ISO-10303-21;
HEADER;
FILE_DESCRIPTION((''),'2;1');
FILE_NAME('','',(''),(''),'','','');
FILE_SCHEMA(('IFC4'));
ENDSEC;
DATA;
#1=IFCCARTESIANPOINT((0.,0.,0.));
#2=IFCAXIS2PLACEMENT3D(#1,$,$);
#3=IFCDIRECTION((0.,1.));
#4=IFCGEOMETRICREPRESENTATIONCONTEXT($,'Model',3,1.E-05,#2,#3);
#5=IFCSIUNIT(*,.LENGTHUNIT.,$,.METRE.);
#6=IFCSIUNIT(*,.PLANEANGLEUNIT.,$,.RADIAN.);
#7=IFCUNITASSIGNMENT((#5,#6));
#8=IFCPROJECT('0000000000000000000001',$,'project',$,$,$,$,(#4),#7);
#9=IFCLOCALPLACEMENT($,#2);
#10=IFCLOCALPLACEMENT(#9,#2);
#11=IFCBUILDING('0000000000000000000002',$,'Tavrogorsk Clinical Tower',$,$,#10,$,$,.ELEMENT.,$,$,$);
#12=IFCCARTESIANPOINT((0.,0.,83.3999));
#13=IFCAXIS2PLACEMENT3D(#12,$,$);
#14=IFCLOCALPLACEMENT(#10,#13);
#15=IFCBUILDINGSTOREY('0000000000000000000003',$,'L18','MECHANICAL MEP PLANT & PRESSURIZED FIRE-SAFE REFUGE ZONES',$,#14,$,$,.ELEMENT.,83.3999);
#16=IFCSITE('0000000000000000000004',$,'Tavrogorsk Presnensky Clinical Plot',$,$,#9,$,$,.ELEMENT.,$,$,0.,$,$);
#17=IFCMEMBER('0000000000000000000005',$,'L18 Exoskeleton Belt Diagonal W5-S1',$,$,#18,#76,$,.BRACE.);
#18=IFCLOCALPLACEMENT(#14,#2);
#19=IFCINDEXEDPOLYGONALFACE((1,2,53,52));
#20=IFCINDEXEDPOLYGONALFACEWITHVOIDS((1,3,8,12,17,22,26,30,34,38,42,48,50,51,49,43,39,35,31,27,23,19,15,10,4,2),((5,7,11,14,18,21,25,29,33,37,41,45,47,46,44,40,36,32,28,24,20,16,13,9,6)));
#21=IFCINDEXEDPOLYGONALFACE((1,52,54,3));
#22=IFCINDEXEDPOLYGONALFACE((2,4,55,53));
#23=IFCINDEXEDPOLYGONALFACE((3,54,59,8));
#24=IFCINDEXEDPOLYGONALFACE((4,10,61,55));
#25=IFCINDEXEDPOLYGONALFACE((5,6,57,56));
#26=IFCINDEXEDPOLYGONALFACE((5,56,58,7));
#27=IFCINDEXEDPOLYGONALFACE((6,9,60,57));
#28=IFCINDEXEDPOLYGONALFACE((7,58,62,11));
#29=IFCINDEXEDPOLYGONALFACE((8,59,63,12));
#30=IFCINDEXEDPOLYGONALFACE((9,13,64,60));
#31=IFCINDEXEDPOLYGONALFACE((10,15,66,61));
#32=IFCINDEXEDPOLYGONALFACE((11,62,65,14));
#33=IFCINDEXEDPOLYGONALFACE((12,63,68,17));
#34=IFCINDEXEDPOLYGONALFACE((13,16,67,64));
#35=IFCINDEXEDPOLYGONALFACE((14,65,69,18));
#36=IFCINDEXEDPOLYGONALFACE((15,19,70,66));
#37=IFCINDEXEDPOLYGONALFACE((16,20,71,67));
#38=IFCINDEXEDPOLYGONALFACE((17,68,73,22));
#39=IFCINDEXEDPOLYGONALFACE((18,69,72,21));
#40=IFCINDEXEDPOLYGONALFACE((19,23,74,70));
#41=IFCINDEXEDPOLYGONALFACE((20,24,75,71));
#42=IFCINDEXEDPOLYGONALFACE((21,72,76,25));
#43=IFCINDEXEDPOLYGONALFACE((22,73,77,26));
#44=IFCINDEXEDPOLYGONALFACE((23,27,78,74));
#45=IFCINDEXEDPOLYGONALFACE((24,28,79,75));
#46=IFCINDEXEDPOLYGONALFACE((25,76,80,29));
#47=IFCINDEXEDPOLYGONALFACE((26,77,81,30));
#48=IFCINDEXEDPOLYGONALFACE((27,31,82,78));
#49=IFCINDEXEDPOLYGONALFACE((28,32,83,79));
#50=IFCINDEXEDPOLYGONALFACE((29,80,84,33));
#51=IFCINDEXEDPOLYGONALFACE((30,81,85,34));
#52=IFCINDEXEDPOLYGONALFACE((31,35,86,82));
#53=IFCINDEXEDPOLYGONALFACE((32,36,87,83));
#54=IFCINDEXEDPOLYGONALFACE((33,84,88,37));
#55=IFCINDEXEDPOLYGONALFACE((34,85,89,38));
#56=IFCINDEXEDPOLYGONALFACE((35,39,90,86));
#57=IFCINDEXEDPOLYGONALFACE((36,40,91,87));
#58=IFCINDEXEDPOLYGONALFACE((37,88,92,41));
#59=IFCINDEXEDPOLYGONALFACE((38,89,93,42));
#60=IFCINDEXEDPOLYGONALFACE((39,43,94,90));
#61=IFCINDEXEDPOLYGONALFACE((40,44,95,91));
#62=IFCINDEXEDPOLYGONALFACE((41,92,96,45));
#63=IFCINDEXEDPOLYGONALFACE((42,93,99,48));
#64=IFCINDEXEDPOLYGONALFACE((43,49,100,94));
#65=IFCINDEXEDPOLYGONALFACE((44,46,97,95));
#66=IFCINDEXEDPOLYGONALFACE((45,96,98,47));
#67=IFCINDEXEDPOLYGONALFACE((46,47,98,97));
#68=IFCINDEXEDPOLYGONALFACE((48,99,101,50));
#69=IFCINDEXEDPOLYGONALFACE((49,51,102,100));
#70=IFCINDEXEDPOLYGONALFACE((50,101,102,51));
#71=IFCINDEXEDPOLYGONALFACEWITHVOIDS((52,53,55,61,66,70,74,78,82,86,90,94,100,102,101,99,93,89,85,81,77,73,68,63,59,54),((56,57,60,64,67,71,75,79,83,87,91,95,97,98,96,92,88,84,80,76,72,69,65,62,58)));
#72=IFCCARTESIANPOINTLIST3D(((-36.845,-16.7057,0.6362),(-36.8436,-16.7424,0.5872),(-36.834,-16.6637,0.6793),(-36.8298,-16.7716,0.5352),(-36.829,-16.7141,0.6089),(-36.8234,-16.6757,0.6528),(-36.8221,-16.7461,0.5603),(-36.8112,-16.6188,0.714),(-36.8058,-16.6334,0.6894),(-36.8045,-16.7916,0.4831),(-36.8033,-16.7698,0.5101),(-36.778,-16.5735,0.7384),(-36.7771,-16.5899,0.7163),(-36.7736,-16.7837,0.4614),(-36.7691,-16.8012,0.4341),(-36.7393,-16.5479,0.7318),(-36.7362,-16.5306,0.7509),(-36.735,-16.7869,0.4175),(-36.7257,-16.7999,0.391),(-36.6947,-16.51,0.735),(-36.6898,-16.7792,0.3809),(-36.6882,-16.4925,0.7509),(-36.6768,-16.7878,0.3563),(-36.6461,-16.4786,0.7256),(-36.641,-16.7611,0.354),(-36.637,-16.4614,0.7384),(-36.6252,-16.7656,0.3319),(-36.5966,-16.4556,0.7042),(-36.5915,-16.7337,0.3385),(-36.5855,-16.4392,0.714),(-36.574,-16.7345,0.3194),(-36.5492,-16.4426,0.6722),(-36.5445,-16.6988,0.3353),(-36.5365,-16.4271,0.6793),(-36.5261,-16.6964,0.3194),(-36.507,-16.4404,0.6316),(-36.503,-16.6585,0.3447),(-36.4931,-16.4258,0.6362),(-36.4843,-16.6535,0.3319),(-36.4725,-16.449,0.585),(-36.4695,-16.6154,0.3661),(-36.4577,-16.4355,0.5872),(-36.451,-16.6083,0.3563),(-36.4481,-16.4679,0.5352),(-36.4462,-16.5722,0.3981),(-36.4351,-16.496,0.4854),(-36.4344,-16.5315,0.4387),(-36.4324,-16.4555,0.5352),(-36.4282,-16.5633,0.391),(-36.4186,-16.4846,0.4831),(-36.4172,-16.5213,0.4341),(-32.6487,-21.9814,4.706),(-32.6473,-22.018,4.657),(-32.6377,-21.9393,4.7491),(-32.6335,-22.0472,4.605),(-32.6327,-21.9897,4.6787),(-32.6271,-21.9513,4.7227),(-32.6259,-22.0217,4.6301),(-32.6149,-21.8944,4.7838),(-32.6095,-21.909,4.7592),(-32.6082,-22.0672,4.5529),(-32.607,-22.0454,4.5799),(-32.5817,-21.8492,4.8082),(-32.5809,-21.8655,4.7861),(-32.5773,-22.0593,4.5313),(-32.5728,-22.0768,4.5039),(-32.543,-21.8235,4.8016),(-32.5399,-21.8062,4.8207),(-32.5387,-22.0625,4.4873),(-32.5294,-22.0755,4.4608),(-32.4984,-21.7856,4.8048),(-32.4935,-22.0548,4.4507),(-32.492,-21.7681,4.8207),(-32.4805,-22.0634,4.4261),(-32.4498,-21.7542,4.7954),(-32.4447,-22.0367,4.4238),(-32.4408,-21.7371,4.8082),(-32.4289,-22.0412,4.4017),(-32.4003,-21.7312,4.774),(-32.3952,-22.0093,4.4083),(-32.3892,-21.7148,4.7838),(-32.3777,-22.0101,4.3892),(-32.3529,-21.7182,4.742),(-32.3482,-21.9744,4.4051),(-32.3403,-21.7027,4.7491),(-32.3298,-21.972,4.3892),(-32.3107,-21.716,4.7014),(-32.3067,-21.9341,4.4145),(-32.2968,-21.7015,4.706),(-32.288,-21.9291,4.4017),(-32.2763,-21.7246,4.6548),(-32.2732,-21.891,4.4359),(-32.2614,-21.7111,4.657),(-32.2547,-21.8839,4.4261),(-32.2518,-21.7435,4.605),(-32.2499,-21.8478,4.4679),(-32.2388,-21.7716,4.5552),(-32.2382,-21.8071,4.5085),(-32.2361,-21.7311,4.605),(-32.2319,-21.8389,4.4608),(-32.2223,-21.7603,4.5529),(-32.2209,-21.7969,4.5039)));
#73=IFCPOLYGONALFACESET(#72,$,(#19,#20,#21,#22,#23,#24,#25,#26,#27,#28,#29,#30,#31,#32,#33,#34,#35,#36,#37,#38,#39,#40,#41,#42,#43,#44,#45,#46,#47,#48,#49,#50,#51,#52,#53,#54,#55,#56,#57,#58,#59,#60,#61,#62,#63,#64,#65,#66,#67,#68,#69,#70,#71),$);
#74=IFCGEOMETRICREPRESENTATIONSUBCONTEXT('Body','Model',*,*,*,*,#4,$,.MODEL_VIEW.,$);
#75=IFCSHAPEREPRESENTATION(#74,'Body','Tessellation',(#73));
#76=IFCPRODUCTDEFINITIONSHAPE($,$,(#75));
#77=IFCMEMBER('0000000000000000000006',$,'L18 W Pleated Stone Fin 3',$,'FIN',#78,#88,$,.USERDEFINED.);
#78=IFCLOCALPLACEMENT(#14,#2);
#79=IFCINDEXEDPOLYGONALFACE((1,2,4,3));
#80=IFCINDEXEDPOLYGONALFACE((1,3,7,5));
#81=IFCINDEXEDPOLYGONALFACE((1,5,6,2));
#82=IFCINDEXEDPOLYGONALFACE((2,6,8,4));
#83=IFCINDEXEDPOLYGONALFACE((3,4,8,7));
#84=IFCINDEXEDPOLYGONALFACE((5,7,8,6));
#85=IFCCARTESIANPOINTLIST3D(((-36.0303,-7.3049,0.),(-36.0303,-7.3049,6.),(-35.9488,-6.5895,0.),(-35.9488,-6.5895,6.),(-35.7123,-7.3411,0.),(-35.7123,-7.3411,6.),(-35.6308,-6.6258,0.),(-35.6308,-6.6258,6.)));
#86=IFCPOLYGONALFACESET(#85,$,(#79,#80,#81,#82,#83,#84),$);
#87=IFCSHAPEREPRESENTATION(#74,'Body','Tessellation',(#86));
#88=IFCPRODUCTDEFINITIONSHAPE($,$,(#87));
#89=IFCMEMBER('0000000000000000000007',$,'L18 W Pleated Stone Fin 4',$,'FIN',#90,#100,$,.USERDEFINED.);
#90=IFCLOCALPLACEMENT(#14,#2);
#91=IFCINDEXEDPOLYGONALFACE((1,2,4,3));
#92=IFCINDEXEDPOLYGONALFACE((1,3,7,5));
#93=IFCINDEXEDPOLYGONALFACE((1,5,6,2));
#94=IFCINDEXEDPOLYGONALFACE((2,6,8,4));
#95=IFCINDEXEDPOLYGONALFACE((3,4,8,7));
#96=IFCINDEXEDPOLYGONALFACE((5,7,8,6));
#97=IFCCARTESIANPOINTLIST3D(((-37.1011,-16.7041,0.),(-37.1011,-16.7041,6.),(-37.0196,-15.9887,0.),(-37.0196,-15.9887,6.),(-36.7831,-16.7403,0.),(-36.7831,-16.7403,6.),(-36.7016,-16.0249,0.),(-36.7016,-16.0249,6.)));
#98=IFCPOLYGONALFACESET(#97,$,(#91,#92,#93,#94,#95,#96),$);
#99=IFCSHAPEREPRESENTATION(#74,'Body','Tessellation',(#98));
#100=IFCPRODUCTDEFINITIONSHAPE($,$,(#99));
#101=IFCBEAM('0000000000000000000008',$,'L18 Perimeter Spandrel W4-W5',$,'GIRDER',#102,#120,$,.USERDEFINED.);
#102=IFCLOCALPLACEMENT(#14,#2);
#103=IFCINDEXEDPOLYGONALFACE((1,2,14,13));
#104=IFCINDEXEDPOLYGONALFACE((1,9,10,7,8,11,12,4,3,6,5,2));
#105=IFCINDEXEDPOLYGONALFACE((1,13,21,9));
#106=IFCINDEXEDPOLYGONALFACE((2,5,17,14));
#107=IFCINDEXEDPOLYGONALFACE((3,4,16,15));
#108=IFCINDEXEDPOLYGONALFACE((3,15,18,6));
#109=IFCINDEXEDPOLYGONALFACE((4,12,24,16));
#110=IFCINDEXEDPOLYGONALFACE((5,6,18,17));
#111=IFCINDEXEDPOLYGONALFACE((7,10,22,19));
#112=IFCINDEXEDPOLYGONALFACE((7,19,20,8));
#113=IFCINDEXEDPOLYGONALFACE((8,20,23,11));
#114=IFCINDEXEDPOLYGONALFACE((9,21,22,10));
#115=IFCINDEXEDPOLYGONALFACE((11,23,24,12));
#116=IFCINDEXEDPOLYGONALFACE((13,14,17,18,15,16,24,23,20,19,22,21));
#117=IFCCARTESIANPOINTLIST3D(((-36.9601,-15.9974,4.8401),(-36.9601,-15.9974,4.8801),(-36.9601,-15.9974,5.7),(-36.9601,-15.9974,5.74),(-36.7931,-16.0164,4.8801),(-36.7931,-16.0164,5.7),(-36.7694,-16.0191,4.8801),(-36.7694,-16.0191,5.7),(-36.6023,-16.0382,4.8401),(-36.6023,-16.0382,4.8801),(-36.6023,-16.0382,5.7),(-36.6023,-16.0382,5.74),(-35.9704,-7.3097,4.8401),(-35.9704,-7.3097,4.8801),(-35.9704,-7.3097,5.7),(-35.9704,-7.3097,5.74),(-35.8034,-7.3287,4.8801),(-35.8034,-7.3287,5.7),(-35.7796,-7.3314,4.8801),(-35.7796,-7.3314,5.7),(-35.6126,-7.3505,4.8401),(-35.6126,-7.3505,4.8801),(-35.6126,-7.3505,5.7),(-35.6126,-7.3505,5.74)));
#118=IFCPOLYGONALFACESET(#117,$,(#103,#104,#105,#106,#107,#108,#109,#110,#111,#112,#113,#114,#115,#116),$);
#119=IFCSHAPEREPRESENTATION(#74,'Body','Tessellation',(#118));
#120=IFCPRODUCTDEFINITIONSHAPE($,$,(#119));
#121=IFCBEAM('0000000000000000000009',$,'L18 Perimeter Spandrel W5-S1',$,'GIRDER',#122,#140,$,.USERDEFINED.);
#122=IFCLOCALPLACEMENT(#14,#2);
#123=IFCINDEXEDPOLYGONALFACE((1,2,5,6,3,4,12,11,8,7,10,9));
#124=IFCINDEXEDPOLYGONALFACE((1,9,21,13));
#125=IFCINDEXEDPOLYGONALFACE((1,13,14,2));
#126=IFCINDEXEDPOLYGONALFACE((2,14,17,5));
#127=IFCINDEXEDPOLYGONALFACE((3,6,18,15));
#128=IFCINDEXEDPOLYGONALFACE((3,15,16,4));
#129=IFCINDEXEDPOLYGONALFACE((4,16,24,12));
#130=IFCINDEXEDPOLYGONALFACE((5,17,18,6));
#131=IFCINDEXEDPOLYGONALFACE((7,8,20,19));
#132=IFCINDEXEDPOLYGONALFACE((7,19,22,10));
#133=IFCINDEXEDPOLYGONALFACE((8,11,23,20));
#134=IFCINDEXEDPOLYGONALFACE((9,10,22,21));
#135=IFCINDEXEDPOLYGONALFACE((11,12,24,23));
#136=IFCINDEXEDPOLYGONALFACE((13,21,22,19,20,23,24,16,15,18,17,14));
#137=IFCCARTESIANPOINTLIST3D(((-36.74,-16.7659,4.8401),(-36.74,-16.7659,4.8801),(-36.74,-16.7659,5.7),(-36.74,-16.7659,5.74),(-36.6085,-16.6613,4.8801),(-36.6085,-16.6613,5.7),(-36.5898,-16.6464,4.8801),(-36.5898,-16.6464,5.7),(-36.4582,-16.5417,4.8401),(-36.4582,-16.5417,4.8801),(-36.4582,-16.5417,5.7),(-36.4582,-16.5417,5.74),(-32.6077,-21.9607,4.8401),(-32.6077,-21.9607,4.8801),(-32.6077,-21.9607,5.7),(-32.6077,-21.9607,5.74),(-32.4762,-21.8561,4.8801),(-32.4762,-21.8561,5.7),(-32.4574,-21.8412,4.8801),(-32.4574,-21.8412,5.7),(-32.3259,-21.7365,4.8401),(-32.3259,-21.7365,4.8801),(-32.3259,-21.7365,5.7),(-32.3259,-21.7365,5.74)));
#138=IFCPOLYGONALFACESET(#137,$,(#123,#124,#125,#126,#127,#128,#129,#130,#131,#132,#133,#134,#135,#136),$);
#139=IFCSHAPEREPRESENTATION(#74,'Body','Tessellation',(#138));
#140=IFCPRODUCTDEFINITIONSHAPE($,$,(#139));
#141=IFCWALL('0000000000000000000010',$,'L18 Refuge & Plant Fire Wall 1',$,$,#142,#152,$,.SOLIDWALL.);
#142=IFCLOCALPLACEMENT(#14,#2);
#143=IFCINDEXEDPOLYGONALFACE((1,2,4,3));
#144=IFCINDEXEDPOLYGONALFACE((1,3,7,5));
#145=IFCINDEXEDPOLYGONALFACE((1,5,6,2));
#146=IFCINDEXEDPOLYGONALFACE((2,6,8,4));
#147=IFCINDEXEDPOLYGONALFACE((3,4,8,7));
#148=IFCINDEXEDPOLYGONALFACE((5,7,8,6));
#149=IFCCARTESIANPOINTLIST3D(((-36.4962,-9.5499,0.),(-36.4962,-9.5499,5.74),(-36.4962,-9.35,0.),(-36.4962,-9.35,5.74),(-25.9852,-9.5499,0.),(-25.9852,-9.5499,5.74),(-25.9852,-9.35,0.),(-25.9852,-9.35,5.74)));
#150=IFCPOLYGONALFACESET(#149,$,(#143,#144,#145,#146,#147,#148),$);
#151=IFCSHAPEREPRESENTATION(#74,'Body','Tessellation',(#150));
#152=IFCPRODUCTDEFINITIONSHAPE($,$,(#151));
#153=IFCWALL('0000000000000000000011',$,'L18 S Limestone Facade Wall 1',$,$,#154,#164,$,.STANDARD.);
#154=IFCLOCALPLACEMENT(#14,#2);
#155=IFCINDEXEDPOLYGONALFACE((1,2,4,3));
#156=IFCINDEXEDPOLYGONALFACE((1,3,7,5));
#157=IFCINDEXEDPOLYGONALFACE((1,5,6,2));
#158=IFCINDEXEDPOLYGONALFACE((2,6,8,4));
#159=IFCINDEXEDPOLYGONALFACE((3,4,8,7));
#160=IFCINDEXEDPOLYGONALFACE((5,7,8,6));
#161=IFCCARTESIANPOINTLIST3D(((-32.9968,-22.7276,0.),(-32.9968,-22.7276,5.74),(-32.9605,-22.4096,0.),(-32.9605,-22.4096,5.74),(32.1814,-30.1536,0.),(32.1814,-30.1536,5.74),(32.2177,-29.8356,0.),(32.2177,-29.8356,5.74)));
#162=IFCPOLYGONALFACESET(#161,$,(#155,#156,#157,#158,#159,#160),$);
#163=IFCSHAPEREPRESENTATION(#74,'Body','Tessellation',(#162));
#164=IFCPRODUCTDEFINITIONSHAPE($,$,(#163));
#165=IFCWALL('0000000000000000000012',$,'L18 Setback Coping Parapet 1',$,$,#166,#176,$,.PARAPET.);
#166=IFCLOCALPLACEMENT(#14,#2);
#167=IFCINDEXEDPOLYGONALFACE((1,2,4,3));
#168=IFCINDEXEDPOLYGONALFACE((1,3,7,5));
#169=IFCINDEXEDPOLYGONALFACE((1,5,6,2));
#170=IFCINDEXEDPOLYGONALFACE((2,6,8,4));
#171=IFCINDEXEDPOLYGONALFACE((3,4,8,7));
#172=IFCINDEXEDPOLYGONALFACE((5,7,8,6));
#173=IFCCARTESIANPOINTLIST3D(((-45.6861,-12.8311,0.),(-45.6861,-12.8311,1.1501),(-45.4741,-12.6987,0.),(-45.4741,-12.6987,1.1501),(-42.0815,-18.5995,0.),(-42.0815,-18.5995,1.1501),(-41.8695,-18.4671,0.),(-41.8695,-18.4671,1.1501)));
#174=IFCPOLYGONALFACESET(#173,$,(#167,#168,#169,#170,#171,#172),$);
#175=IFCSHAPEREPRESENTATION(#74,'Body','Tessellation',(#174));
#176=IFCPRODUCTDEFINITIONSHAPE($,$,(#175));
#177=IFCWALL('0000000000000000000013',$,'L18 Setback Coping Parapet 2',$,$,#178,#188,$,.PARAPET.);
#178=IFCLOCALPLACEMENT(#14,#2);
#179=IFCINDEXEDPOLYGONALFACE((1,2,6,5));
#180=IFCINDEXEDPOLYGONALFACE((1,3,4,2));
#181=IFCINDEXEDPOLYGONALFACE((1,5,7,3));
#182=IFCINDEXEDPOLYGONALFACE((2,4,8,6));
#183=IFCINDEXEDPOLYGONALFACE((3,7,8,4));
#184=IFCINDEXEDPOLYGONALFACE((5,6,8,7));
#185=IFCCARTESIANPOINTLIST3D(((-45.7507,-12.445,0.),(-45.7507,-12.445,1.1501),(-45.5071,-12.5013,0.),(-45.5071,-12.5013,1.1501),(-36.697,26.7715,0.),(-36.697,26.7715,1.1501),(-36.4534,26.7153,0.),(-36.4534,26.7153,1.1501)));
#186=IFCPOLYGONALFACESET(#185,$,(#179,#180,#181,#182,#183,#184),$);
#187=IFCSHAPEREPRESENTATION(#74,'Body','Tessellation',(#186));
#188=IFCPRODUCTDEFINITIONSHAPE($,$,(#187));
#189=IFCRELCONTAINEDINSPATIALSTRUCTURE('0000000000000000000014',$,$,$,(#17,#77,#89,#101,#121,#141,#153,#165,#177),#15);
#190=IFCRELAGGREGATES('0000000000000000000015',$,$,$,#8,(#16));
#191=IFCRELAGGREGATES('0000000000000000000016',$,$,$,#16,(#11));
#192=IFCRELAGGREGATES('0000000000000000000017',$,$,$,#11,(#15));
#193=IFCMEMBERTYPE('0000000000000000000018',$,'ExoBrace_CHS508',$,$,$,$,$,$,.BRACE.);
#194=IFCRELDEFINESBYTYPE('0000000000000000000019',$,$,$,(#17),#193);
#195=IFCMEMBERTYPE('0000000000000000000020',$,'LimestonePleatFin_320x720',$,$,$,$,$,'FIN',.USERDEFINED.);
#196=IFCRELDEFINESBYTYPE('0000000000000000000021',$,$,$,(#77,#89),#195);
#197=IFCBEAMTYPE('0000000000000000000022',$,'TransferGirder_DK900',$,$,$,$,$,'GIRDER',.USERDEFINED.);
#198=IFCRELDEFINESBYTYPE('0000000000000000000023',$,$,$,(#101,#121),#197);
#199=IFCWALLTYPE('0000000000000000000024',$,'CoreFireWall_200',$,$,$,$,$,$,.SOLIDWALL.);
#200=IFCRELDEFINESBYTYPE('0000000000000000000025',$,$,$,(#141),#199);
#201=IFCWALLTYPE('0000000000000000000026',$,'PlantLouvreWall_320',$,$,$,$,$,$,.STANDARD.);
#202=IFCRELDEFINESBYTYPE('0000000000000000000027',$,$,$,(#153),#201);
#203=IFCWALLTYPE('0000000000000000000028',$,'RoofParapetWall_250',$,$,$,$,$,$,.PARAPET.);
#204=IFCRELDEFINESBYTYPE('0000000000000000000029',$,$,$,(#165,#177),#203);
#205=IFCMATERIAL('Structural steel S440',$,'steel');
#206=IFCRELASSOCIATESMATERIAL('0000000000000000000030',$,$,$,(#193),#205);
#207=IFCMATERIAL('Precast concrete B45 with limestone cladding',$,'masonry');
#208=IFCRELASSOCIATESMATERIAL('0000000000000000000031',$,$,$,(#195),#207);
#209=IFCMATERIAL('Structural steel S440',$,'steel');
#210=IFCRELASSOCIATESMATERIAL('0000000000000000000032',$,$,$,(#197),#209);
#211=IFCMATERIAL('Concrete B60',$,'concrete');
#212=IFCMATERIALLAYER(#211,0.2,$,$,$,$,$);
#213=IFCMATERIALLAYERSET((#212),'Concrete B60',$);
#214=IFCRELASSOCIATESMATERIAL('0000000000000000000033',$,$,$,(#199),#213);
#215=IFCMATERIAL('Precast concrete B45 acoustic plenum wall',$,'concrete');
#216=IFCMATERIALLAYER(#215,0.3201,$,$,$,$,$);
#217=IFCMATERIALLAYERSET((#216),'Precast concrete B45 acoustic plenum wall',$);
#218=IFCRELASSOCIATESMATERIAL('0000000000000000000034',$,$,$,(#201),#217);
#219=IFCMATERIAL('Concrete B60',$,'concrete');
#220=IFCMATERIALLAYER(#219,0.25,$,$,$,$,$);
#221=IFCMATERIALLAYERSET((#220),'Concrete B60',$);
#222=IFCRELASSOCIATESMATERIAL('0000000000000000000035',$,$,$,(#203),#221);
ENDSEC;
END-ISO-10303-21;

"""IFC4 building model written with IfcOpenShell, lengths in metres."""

from ifc_helpers import new_model, si_unit, direction, frame, frame_2d, origin, origin_2d, place, context, subcontext, project, spatial, rectangle, hollow_circle, i_section, extrude, material, layer, layer_set, material_profile, profile_set, type_object, element, save


model = new_model("IFC4")

# Units and contexts
model_context = context("Model", 3, precision=1e-05, world=origin(), true_north=direction((0.0, 1.0)))
body_context = subcontext(model_context, "Body", "Model", "MODEL_VIEW")
ifc_project = project(units=[si_unit("LENGTHUNIT", "METRE"), si_unit("PLANEANGLEUNIT", "RADIAN")], contexts=[model_context])

# Site, building, storey
site_placement = place(None, origin())
site = spatial("IfcSite", under=ifc_project, at=site_placement, Name="Tavrogorsk Presnensky Clinical Plot", CompositionType="ELEMENT", RefElevation=0.0)
building_placement = place(site_placement, origin())
building = spatial("IfcBuilding", under=site, at=building_placement, Name="Tavrogorsk Clinical Tower", CompositionType="ELEMENT")
storey_placement = place(building_placement, frame((0.0, 0.0, 83.3999)))
storey = spatial("IfcBuildingStorey", under=building, at=storey_placement, Name="L18", Description="MECHANICAL MEP PLANT & PRESSURIZED FIRE-SAFE REFUGE ZONES", CompositionType="ELEMENT", Elevation=83.3999)

# Members
ifc_material_1 = material(Name="Structural steel S440", Category="steel")
ifc_material_profile_1 = material_profile(ifc_material_1, hollow_circle(Radius=0.2539, WallThickness=0.02, at=origin_2d()), Name="CHS-508x20")
ifc_profile_set_1 = profile_set([ifc_material_profile_1], Name="Structural steel S440")
member_type_1 = type_object("IfcMemberType", Name="ExoBrace_CHS508", PredefinedType="BRACE", material=ifc_profile_set_1)
member_1_placement = place(storey_placement, frame((-36.6311, -16.6135, 0.5352), z_axis=(0.532909, -0.669981, 0.516849), x_axis=(0.782618, 0.622502, 0.0)))
element("IfcMember", 1, at=member_1_placement, inside=storey, type_object=member_type_1, Name="L18 Exoskeleton Belt Diagonal W5-S1", PredefinedType="BRACE", context=body_context, shape_type="SweptSolid", body=[
    extrude(hollow_circle(Radius=0.2539, WallThickness=0.02, at=origin_2d()), origin(), (0.0, 0.0, 1.0), 7.8743),
])
ifc_material_2 = material(Name="Precast concrete B45 with limestone cladding", Category="masonry")
ifc_material_profile_2 = material_profile(ifc_material_2, rectangle(XDim=0.3201, YDim=0.72, at=origin_2d()), Name="LIMESTONE-FIN-320x720")
ifc_profile_set_2 = profile_set([ifc_material_profile_2], Name="Precast concrete B45 with limestone cladding")
member_type_2 = type_object("IfcMemberType", Name="LimestonePleatFin_320x720", ElementType="FIN", PredefinedType="USERDEFINED", material=ifc_profile_set_2)
for number, where, z_axis, x_axis, name in (
    (2, (-35.8306, -6.9653, 0.0), (0.0, 0.0, 1.0), (0.993572, -0.113203, 0.0), "L18 W Pleated Stone Fin 3"),
    (3, (-36.9014, -16.3645, 0.0), (0.0, 0.0, 1.0), (0.993572, -0.113203, 0.0), "L18 W Pleated Stone Fin 4"),
):
    element("IfcMember", number, at=place(storey_placement, frame(where, z_axis=z_axis, x_axis=x_axis)), inside=storey, type_object=member_type_2, Name=name, ObjectType="FIN", PredefinedType="USERDEFINED", context=body_context, shape_type="SweptSolid", body=[
        extrude(rectangle(XDim=0.3201, YDim=0.72, at=origin_2d()), origin(), (0.0, 0.0, 1.0), 6.0),
    ])

# Beams
ifc_material_3 = material(Name="Structural steel S440", Category="steel")
ifc_material_profile_3 = material_profile(ifc_material_3, i_section(OverallWidth=0.3601, OverallDepth=0.8999, WebThickness=0.0239, FlangeThickness=0.04, at=origin_2d()), Name="DK-900x360x24x40")
ifc_profile_set_3 = profile_set([ifc_material_profile_3], Name="Structural steel S440")
beam_type = type_object("IfcBeamType", Name="TransferGirder_DK900", ElementType="GIRDER", PredefinedType="USERDEFINED", material=ifc_profile_set_3)
beam_1_placement = place(storey_placement, frame((-35.7915, -7.3301, 5.29), z_axis=(-0.113192, -0.993573, 0.0), x_axis=(0.993573, -0.113192, 0.0)))
element("IfcBeam", 4, at=beam_1_placement, inside=storey, type_object=beam_type, Name="L18 Perimeter Spandrel W4-W5", ObjectType="GIRDER", PredefinedType="USERDEFINED", context=body_context, shape_type="SweptSolid", body=[
    extrude(i_section(OverallWidth=0.3601, OverallDepth=0.8999, WebThickness=0.0239, FlangeThickness=0.04, at=origin_2d()), origin(), (0.0, 0.0, 1.0), 8.7439),
])
beam_2_placement = place(storey_placement, frame((-36.5991, -16.6538, 5.29), z_axis=(0.622531, -0.782595, 0.0), x_axis=(0.782595, 0.622531, 0.0)))
element("IfcBeam", 5, at=beam_2_placement, inside=storey, type_object=beam_type, Name="L18 Perimeter Spandrel W5-S1", ObjectType="GIRDER", PredefinedType="USERDEFINED", context=body_context, shape_type="SweptSolid", body=[
    extrude(i_section(OverallWidth=0.3601, OverallDepth=0.8999, WebThickness=0.0239, FlangeThickness=0.04, at=origin_2d()), origin(), (0.0, 0.0, 1.0), 6.6379),
])

# Walls
ifc_material_4 = material(Name="Concrete B60", Category="concrete")
ifc_layer_1 = layer(ifc_material_4, 0.2)
ifc_layer_set_1 = layer_set([ifc_layer_1], Name="Concrete B60")
wall_type_1 = type_object("IfcWallType", Name="CoreFireWall_200", PredefinedType="SOLIDWALL", material=ifc_layer_set_1)
wall_1_placement = place(storey_placement, frame((-36.4961, -9.45, 0.0), z_axis=(0.0, 0.0, 1.0), x_axis=(1.0, 0.0, 0.0)))
element("IfcWall", 6, at=wall_1_placement, inside=storey, type_object=wall_type_1, Name="L18 Refuge & Plant Fire Wall 1", PredefinedType="SOLIDWALL", context=body_context, shape_type="SweptSolid", body=[
    extrude(rectangle(XDim=10.511, YDim=0.2, at=frame_2d((5.2554, 0.0))), origin(), (0.0, 0.0, 1.0), 5.74),
])
ifc_material_5 = material(Name="Precast concrete B45 acoustic plenum wall", Category="concrete")
ifc_layer_2 = layer(ifc_material_5, 0.3201)
ifc_layer_set_2 = layer_set([ifc_layer_2], Name="Precast concrete B45 acoustic plenum wall")
wall_type_2 = type_object("IfcWallType", Name="PlantLouvreWall_320", PredefinedType="STANDARD", material=ifc_layer_set_2)
wall_2_placement = place(storey_placement, frame((-32.9785, -22.5686, 0.0), z_axis=(0.0, 0.0, 1.0), x_axis=(0.993572, -0.113202, 0.0)))
element("IfcWall", 7, at=wall_2_placement, inside=storey, type_object=wall_type_2, Name="L18 S Limestone Facade Wall 1", PredefinedType="STANDARD", context=body_context, shape_type="SweptSolid", body=[
    extrude(rectangle(XDim=65.5999, YDim=0.3201, at=frame_2d((32.7998, 0.0))), origin(), (0.0, 0.0, 1.0), 5.74),
])
ifc_material_6 = material(Name="Concrete B60", Category="concrete")
ifc_layer_3 = layer(ifc_material_6, 0.25)
ifc_layer_set_3 = layer_set([ifc_layer_3], Name="Concrete B60")
wall_type_3 = type_object("IfcWallType", Name="RoofParapetWall_250", PredefinedType="PARAPET", material=ifc_layer_set_3)
wall_3_placement = place(storey_placement, frame((-41.9756, -18.5332, 0.0), z_axis=(0.0, 0.0, 1.0), x_axis=(-0.529925, 0.848045, 0.0)))
element("IfcWall", 8, at=wall_3_placement, inside=storey, type_object=wall_type_3, Name="L18 Setback Coping Parapet 1", PredefinedType="PARAPET", context=body_context, shape_type="SweptSolid", body=[
    extrude(rectangle(XDim=6.802, YDim=0.25, at=frame_2d((3.4009, 0.0))), origin(), (0.0, 0.0, 1.0), 1.1501),
])
wall_4_placement = place(storey_placement, frame((-45.6289, -12.4731, 0.0), z_axis=(0.0, 0.0, 1.0), x_axis=(0.224948, 0.974371, 0.0)))
element("IfcWall", 9, at=wall_4_placement, inside=storey, type_object=wall_type_3, Name="L18 Setback Coping Parapet 2", PredefinedType="PARAPET", context=body_context, shape_type="SweptSolid", body=[
    extrude(rectangle(XDim=40.248, YDim=0.25, at=frame_2d((20.124, 0.0))), origin(), (0.0, 0.0, 1.0), 1.1501),
])

save(model, "model.ifc")
